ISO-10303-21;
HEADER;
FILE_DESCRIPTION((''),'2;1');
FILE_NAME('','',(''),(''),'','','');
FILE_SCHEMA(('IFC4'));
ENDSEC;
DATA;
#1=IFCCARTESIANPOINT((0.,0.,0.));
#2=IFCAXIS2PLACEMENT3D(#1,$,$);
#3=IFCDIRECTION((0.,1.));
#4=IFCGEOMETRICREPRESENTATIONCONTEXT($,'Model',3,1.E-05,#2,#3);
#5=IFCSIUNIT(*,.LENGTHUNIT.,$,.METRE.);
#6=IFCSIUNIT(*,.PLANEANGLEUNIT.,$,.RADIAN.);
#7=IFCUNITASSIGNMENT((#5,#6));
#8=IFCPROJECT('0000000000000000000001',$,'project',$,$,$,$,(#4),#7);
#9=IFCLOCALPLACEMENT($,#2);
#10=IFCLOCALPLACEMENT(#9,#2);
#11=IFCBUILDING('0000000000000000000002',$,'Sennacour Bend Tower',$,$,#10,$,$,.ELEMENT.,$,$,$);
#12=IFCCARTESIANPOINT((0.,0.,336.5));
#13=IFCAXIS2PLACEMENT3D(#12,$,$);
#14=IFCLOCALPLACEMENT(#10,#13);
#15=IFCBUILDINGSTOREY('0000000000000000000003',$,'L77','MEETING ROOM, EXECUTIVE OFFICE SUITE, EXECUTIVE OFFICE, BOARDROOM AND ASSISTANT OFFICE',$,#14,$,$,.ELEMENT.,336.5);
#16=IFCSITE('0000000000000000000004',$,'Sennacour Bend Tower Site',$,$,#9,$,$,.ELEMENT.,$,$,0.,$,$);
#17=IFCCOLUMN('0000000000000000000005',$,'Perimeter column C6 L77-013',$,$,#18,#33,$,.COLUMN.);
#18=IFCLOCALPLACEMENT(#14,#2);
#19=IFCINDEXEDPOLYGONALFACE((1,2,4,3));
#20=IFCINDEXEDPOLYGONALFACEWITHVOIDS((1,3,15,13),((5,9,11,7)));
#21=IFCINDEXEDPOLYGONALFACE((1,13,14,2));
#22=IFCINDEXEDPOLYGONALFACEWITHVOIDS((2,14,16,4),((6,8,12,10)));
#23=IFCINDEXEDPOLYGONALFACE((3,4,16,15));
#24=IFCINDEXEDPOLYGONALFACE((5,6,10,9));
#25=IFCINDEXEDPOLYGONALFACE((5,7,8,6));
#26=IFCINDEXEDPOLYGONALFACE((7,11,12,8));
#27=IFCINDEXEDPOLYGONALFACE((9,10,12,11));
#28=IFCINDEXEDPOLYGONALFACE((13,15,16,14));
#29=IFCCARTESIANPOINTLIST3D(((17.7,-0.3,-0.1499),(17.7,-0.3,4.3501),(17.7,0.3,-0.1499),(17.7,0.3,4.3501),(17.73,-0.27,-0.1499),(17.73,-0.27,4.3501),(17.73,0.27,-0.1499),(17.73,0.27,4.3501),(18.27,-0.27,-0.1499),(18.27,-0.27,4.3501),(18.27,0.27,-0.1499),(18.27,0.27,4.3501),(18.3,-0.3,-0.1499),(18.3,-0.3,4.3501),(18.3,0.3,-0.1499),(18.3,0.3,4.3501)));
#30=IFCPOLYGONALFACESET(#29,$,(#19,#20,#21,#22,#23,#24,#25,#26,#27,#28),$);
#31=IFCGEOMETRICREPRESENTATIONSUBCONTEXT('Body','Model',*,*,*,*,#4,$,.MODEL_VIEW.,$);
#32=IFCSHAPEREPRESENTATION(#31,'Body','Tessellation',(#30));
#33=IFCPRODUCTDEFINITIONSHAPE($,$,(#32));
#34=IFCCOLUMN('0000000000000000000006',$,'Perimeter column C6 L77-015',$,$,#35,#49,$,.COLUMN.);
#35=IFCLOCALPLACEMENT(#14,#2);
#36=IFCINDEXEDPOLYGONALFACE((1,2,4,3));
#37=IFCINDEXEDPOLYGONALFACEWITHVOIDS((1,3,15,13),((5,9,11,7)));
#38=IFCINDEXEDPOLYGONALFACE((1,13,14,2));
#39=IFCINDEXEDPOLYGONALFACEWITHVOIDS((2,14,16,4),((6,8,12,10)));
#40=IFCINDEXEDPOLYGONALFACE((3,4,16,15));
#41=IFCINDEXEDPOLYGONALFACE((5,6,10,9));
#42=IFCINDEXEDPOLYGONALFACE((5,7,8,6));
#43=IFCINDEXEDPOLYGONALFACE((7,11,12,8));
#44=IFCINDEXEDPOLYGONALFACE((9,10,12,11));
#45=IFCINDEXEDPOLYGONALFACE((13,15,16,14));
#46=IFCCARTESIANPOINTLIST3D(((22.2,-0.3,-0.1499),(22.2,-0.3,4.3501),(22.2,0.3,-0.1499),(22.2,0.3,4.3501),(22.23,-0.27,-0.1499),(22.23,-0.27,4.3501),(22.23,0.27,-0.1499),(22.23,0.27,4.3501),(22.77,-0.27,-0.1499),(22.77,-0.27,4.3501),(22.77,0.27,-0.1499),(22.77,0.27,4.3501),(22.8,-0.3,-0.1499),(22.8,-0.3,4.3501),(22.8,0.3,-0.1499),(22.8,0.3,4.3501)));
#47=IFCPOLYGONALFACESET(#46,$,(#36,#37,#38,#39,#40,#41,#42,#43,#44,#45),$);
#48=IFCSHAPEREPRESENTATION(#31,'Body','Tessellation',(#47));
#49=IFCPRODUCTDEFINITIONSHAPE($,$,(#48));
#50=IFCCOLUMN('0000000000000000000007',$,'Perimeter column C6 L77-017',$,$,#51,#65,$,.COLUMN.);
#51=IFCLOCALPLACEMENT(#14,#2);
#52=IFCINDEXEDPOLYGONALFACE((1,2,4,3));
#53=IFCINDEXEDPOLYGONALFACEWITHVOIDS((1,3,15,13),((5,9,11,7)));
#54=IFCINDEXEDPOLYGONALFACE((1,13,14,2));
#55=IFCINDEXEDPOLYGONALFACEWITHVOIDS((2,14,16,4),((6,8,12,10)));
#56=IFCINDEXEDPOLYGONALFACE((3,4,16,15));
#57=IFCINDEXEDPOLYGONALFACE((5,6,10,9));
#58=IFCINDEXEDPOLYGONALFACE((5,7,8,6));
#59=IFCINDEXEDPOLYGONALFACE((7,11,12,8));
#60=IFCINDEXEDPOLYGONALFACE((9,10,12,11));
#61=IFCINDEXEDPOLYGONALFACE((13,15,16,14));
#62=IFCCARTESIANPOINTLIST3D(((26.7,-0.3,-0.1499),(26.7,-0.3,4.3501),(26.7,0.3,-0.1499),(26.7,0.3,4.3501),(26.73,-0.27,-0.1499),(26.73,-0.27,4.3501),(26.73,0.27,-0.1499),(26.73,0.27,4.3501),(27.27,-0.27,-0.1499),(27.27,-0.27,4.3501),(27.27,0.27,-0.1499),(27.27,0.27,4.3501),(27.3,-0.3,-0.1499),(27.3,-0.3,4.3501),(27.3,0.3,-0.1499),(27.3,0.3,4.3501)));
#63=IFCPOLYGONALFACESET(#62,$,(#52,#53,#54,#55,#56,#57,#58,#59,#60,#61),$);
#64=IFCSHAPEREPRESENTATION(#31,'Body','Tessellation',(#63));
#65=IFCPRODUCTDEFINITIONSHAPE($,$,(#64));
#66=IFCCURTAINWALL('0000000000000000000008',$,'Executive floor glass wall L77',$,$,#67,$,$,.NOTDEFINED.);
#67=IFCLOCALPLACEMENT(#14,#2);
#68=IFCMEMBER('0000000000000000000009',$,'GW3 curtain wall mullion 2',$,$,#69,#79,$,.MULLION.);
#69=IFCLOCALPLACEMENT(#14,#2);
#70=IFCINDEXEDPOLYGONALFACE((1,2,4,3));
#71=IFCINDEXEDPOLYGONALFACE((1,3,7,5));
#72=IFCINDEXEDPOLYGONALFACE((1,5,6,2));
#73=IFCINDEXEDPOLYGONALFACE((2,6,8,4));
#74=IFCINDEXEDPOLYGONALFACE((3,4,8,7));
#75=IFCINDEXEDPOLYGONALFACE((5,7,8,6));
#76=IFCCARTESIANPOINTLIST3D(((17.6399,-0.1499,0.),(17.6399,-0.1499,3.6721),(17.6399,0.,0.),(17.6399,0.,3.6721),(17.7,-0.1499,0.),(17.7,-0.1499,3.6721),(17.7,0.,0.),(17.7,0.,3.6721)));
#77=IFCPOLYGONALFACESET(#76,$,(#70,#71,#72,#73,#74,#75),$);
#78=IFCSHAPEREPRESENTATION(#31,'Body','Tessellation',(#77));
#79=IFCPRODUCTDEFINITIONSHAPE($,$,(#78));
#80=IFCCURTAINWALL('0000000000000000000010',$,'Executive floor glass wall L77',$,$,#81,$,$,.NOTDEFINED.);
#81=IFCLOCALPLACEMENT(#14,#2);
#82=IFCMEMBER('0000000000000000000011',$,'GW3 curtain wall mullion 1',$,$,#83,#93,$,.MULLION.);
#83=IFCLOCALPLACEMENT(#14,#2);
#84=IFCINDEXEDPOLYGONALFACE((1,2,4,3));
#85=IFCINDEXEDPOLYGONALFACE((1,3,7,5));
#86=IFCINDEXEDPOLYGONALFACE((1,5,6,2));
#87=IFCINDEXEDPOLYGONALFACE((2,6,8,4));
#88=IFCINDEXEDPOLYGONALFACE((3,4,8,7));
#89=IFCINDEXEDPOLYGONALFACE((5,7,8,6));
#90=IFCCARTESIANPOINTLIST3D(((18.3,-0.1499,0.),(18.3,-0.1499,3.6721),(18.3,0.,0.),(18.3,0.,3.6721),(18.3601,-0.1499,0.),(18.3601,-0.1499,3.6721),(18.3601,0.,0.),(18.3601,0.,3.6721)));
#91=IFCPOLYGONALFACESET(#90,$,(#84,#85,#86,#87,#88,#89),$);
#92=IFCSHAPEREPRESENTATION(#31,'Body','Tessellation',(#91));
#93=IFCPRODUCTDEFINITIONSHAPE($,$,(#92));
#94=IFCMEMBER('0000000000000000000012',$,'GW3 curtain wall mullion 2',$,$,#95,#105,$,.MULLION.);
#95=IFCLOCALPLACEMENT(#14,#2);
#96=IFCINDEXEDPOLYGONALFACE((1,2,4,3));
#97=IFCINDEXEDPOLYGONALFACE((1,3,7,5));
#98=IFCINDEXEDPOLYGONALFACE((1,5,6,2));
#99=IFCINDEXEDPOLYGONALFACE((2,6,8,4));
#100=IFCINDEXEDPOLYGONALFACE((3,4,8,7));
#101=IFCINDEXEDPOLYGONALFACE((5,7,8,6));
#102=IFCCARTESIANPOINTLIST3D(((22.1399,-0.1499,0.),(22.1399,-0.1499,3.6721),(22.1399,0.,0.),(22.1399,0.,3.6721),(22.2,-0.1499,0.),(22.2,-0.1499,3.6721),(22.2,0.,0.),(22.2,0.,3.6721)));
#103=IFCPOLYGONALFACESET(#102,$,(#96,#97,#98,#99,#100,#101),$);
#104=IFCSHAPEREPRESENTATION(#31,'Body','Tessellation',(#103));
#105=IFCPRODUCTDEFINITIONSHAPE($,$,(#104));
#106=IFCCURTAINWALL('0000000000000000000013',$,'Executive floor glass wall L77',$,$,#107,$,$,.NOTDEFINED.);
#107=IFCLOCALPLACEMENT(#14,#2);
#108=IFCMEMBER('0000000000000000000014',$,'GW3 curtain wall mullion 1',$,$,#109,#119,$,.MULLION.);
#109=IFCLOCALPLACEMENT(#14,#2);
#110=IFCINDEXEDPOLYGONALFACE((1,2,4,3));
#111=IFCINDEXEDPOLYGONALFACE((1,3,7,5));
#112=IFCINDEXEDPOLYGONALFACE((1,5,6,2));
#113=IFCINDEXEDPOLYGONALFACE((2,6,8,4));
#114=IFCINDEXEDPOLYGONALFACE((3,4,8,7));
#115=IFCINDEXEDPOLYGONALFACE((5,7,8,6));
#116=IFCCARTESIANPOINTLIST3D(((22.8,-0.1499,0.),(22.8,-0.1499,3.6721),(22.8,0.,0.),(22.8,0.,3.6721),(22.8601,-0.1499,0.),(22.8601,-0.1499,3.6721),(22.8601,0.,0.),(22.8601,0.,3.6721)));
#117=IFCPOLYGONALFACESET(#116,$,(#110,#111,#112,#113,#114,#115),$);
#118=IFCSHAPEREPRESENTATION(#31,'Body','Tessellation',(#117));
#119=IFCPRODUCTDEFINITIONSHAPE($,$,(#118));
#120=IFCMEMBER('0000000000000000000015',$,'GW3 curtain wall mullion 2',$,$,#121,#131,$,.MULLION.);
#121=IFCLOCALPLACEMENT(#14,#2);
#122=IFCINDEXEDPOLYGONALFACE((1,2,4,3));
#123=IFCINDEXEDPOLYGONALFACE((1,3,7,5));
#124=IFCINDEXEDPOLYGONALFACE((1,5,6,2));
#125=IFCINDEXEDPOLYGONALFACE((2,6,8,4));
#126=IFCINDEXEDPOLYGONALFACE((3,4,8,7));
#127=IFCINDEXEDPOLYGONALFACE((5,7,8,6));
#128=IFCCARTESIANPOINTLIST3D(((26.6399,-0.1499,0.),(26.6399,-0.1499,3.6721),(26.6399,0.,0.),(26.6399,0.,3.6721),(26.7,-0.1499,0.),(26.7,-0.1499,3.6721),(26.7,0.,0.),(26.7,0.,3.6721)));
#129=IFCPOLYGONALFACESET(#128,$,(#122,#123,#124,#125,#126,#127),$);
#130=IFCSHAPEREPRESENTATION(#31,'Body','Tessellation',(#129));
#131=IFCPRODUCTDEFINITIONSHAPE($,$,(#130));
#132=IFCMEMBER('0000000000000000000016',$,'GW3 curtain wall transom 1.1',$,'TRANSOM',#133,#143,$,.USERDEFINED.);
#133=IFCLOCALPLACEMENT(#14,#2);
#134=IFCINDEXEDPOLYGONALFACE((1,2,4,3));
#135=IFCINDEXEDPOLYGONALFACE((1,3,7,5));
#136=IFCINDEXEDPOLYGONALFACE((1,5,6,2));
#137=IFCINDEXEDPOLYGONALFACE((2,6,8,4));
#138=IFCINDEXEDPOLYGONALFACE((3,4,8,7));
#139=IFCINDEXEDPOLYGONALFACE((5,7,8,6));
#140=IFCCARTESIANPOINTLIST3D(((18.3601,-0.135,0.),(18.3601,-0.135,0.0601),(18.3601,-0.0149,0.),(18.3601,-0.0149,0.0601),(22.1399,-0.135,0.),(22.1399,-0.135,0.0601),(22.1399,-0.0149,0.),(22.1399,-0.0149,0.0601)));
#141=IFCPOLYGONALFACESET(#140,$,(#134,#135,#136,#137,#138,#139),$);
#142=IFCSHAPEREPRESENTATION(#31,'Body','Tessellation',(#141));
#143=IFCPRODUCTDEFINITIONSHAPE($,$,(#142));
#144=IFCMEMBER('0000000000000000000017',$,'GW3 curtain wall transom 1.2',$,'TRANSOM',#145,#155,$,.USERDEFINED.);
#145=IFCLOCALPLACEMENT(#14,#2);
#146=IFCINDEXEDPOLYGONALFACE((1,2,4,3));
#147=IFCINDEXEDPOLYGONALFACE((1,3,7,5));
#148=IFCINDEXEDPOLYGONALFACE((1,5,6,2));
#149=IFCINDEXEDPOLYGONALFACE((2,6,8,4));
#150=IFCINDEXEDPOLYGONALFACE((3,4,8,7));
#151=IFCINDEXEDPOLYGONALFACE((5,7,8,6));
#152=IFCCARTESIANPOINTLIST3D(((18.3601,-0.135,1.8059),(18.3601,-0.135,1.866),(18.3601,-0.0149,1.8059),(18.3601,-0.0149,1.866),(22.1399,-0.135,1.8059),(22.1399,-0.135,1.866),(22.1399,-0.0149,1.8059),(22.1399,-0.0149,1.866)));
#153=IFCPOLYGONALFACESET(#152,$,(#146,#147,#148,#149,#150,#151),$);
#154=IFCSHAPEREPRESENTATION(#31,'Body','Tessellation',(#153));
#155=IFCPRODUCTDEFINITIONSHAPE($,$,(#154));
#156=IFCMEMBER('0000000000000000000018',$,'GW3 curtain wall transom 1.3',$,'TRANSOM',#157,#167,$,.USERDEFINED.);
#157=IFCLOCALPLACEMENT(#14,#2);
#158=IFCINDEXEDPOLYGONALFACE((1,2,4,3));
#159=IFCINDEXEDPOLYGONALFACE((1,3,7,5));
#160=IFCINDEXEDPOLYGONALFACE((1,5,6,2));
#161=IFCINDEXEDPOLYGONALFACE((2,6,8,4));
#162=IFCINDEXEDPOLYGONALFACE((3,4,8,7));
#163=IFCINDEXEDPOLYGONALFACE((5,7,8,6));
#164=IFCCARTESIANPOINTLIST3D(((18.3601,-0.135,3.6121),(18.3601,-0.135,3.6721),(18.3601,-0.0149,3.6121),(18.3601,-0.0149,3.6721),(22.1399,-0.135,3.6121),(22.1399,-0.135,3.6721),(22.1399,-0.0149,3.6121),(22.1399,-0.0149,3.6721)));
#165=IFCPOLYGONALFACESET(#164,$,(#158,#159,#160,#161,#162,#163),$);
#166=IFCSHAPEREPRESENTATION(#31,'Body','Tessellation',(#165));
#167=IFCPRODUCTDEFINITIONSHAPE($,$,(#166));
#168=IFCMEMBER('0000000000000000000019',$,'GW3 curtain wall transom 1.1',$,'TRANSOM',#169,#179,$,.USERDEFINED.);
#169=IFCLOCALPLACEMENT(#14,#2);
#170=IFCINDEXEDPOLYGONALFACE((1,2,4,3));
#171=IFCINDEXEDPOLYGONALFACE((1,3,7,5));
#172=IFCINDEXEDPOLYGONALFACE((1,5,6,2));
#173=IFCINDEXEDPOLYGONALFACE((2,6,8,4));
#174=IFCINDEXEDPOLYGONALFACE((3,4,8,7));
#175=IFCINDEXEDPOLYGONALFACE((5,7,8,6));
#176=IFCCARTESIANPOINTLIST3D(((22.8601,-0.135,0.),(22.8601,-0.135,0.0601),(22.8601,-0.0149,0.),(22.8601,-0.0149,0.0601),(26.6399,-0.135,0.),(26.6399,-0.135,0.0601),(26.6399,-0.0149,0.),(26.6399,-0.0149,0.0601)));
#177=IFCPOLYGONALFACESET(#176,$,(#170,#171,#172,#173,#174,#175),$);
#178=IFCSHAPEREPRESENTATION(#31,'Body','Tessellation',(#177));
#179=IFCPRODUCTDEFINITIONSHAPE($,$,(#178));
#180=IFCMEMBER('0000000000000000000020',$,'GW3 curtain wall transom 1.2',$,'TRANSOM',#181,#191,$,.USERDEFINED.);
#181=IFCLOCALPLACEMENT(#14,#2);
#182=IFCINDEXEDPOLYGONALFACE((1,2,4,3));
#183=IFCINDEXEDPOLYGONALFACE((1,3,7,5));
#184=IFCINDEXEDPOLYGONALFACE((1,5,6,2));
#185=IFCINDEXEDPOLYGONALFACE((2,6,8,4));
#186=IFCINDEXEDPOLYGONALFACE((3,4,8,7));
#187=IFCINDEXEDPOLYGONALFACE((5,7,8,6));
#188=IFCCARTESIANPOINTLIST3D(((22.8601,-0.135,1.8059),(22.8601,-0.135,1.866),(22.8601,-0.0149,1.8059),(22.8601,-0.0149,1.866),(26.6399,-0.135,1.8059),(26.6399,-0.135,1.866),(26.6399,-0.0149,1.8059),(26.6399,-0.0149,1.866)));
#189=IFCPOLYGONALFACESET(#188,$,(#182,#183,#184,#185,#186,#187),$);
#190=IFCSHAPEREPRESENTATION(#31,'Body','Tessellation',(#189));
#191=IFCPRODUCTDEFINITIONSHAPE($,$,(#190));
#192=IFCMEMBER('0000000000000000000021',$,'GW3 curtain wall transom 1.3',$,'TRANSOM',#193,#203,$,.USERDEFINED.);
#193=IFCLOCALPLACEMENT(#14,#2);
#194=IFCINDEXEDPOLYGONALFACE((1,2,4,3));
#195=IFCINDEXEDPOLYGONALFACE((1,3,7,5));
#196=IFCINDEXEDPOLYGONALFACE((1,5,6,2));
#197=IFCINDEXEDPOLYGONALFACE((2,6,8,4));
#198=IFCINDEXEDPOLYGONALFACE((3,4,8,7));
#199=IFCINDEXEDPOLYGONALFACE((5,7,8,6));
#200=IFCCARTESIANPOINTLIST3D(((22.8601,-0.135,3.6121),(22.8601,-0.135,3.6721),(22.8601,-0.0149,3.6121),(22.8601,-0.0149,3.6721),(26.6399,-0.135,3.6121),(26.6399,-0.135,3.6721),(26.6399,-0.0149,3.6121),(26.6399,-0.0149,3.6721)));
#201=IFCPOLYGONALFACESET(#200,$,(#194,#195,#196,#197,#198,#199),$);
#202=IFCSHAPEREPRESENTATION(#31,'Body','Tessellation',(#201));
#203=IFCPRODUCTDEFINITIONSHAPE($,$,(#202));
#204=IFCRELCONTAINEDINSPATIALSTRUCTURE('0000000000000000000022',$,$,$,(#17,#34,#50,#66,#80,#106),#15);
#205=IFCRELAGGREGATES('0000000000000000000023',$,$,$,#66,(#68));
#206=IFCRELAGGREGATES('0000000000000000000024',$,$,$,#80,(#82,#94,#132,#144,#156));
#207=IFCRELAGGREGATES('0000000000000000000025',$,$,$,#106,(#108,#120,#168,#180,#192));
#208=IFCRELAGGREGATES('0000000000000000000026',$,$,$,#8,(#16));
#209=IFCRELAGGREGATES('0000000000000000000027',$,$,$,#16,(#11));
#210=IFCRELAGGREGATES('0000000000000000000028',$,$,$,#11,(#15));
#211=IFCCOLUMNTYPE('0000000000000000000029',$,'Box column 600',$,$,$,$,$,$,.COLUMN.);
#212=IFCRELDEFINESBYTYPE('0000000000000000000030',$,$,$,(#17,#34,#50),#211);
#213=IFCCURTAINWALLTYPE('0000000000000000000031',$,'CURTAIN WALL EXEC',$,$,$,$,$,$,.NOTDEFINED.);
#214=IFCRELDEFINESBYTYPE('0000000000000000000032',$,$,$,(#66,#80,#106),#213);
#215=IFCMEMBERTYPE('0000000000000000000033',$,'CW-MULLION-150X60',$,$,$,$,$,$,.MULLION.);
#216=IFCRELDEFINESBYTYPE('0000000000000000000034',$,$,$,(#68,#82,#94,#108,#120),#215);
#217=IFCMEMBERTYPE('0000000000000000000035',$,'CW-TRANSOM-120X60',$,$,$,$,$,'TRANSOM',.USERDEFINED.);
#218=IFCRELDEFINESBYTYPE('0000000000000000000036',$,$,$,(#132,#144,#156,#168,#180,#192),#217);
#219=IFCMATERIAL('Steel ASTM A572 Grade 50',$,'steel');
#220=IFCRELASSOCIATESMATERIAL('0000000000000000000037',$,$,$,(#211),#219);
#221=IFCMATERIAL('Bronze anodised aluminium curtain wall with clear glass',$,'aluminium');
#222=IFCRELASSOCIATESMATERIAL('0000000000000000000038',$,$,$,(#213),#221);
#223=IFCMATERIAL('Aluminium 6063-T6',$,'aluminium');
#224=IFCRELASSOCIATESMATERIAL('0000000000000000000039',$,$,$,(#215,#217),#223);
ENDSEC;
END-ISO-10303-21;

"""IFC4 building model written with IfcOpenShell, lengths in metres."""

from ifc_helpers import new_model, si_unit, direction, frame, origin, origin_2d, place, context, subcontext, project, spatial, rectangle, hollow_rectangle, extrude, material, material_profile, profile_set, type_object, element, aggregate, save


model = new_model("IFC4")

# Units and contexts
model_context = context("Model", 3, precision=1e-05, world=origin(), true_north=direction((0.0, 1.0)))
body_context = subcontext(model_context, "Body", "Model", "MODEL_VIEW")
ifc_project = project(units=[si_unit("LENGTHUNIT", "METRE"), si_unit("PLANEANGLEUNIT", "RADIAN")], contexts=[model_context])

# Site, building, storey
site_placement = place(None, origin())
site = spatial("IfcSite", under=ifc_project, at=site_placement, Name="Sennacour Bend Tower Site", CompositionType="ELEMENT", RefElevation=0.0)
building_placement = place(site_placement, origin())
building = spatial("IfcBuilding", under=site, at=building_placement, Name="Sennacour Bend Tower", CompositionType="ELEMENT")
storey_placement = place(building_placement, frame((0.0, 0.0, 336.5)))
storey = spatial("IfcBuildingStorey", under=building, at=storey_placement, Name="L77", Description="MEETING ROOM, EXECUTIVE OFFICE SUITE, EXECUTIVE OFFICE, BOARDROOM AND ASSISTANT OFFICE", CompositionType="ELEMENT", Elevation=336.5)

# Columns
ifc_material_1 = material(Name="Steel ASTM A572 Grade 50", Category="steel")
ifc_material_profile_1 = material_profile(ifc_material_1, hollow_rectangle(XDim=0.6001, YDim=0.6001, WallThickness=0.03, at=origin_2d()), Name="Steel ASTM A572 Grade 50", Category="steel")
ifc_profile_set_1 = profile_set([ifc_material_profile_1], Name="Steel ASTM A572 Grade 50")
column_type = type_object("IfcColumnType", Name="Box column 600", PredefinedType="COLUMN", material=ifc_profile_set_1)
for number, where, z_axis, x_axis, name in (
    (1, (18.0, 0.0, -0.1499), (0.0, 0.0, 1.0), (1.0, 0.0, 0.0), "Perimeter column C6 L77-013"),
    (2, (22.5, 0.0, -0.1499), (0.0, 0.0, 1.0), (1.0, 0.0, 0.0), "Perimeter column C6 L77-015"),
    (3, (27.0, 0.0, -0.1499), (0.0, 0.0, 1.0), (1.0, 0.0, 0.0), "Perimeter column C6 L77-017"),
):
    element("IfcColumn", number, at=place(storey_placement, frame(where, z_axis=z_axis, x_axis=x_axis)), inside=storey, type_object=column_type, Name=name, PredefinedType="COLUMN", context=body_context, shape_type="SweptSolid", body=[
        extrude(hollow_rectangle(XDim=0.6001, YDim=0.6001, WallThickness=0.03, at=origin_2d()), origin(), (0.0, 0.0, 1.0), 4.5),
    ])

# Curtain wall, member
ifc_material_2 = material(Name="Bronze anodised aluminium curtain wall with clear glass", Category="aluminium")
curtain_wall_type = type_object("IfcCurtainWallType", Name="CURTAIN WALL EXEC", PredefinedType="NOTDEFINED", material=ifc_material_2)
curtain_wall_1_placement = place(storey_placement, origin())
curtain_wall_1 = element("IfcCurtainWall", 4, at=curtain_wall_1_placement, inside=storey, type_object=curtain_wall_type, Name="Executive floor glass wall L77", PredefinedType="NOTDEFINED")
ifc_material_3 = material(Name="Aluminium 6063-T6", Category="aluminium")
ifc_material_profile_2 = material_profile(ifc_material_3, rectangle(XDim=0.1499, YDim=0.0601, at=origin_2d()), Name="Aluminium 6063-T6", Category="aluminium")
ifc_profile_set_2 = profile_set([ifc_material_profile_2], Name="Aluminium 6063-T6")
member_type_1 = type_object("IfcMemberType", Name="CW-MULLION-150X60", PredefinedType="MULLION", material=ifc_profile_set_2)
member_1_placement = place(storey_placement, frame((17.6699, -0.075, 0.0), z_axis=(0.0, 0.0, 1.0), x_axis=(0.0, 1.0, 0.0)))
member_1 = element("IfcMember", 5, at=member_1_placement, type_object=member_type_1, Name="GW3 curtain wall mullion 2", PredefinedType="MULLION", context=body_context, shape_type="SweptSolid", body=[
    extrude(rectangle(XDim=0.1499, YDim=0.0601, at=origin_2d()), origin(), (0.0, 0.0, 1.0), 3.6721),
])
aggregate(curtain_wall_1, [member_1])

# Curtain walls, members
curtain_wall_2_placement = place(storey_placement, origin())
curtain_wall_2 = element("IfcCurtainWall", 6, at=curtain_wall_2_placement, inside=storey, type_object=curtain_wall_type, Name="Executive floor glass wall L77", PredefinedType="NOTDEFINED")
member_2_placement = place(storey_placement, frame((18.3301, -0.075, 0.0), z_axis=(0.0, 0.0, 1.0), x_axis=(0.0, 1.0, 0.0)))
member_2 = element("IfcMember", 7, at=member_2_placement, type_object=member_type_1, Name="GW3 curtain wall mullion 1", PredefinedType="MULLION", context=body_context, shape_type="SweptSolid", body=[
    extrude(rectangle(XDim=0.1499, YDim=0.0601, at=origin_2d()), origin(), (0.0, 0.0, 1.0), 3.6721),
])
member_3_placement = place(storey_placement, frame((22.1699, -0.075, 0.0), z_axis=(0.0, 0.0, 1.0), x_axis=(0.0, 1.0, 0.0)))
member_3 = element("IfcMember", 8, at=member_3_placement, type_object=member_type_1, Name="GW3 curtain wall mullion 2", PredefinedType="MULLION", context=body_context, shape_type="SweptSolid", body=[
    extrude(rectangle(XDim=0.1499, YDim=0.0601, at=origin_2d()), origin(), (0.0, 0.0, 1.0), 3.6721),
])
curtain_wall_3_placement = place(storey_placement, origin())
curtain_wall_3 = element("IfcCurtainWall", 9, at=curtain_wall_3_placement, inside=storey, type_object=curtain_wall_type, Name="Executive floor glass wall L77", PredefinedType="NOTDEFINED")
member_4_placement = place(storey_placement, frame((22.8301, -0.075, 0.0), z_axis=(0.0, 0.0, 1.0), x_axis=(0.0, 1.0, 0.0)))
member_4 = element("IfcMember", 10, at=member_4_placement, type_object=member_type_1, Name="GW3 curtain wall mullion 1", PredefinedType="MULLION", context=body_context, shape_type="SweptSolid", body=[
    extrude(rectangle(XDim=0.1499, YDim=0.0601, at=origin_2d()), origin(), (0.0, 0.0, 1.0), 3.6721),
])
member_5_placement = place(storey_placement, frame((26.6699, -0.075, 0.0), z_axis=(0.0, 0.0, 1.0), x_axis=(0.0, 1.0, 0.0)))
member_5 = element("IfcMember", 11, at=member_5_placement, type_object=member_type_1, Name="GW3 curtain wall mullion 2", PredefinedType="MULLION", context=body_context, shape_type="SweptSolid", body=[
    extrude(rectangle(XDim=0.1499, YDim=0.0601, at=origin_2d()), origin(), (0.0, 0.0, 1.0), 3.6721),
])

# Members
ifc_material_profile_3 = material_profile(ifc_material_3, rectangle(XDim=0.1201, YDim=0.0601, at=origin_2d()), Name="Aluminium 6063-T6", Category="aluminium")
ifc_profile_set_3 = profile_set([ifc_material_profile_3], Name="Aluminium 6063-T6")
member_type_2 = type_object("IfcMemberType", Name="CW-TRANSOM-120X60", ElementType="TRANSOM", PredefinedType="USERDEFINED", material=ifc_profile_set_3)
member_6_placement = place(storey_placement, frame((18.3601, -0.075, 0.03), z_axis=(1.0, 0.0, 0.0), x_axis=(0.0, 1.0, 0.0)))
member_6 = element("IfcMember", 12, at=member_6_placement, type_object=member_type_2, Name="GW3 curtain wall transom 1.1", ObjectType="TRANSOM", PredefinedType="USERDEFINED", context=body_context, shape_type="SweptSolid", body=[
    extrude(rectangle(XDim=0.1201, YDim=0.0601, at=origin_2d()), origin(), (0.0, 0.0, 1.0), 3.7798),
])
member_7_placement = place(storey_placement, frame((18.3601, -0.075, 1.8359), z_axis=(1.0, 0.0, 0.0), x_axis=(0.0, 1.0, 0.0)))
member_7 = element("IfcMember", 13, at=member_7_placement, type_object=member_type_2, Name="GW3 curtain wall transom 1.2", ObjectType="TRANSOM", PredefinedType="USERDEFINED", context=body_context, shape_type="SweptSolid", body=[
    extrude(rectangle(XDim=0.1201, YDim=0.0601, at=origin_2d()), origin(), (0.0, 0.0, 1.0), 3.7798),
])
member_8_placement = place(storey_placement, frame((18.3601, -0.075, 3.6421), z_axis=(1.0, 0.0, 0.0), x_axis=(0.0, 1.0, 0.0)))
member_8 = element("IfcMember", 14, at=member_8_placement, type_object=member_type_2, Name="GW3 curtain wall transom 1.3", ObjectType="TRANSOM", PredefinedType="USERDEFINED", context=body_context, shape_type="SweptSolid", body=[
    extrude(rectangle(XDim=0.1201, YDim=0.0601, at=origin_2d()), origin(), (0.0, 0.0, 1.0), 3.7798),
])
member_9_placement = place(storey_placement, frame((22.8601, -0.075, 0.03), z_axis=(1.0, 0.0, 0.0), x_axis=(0.0, 1.0, 0.0)))
member_9 = element("IfcMember", 15, at=member_9_placement, type_object=member_type_2, Name="GW3 curtain wall transom 1.1", ObjectType="TRANSOM", PredefinedType="USERDEFINED", context=body_context, shape_type="SweptSolid", body=[
    extrude(rectangle(XDim=0.1201, YDim=0.0601, at=origin_2d()), origin(), (0.0, 0.0, 1.0), 3.7798),
])
member_10_placement = place(storey_placement, frame((22.8601, -0.075, 1.8359), z_axis=(1.0, 0.0, 0.0), x_axis=(0.0, 1.0, 0.0)))
member_10 = element("IfcMember", 16, at=member_10_placement, type_object=member_type_2, Name="GW3 curtain wall transom 1.2", ObjectType="TRANSOM", PredefinedType="USERDEFINED", context=body_context, shape_type="SweptSolid", body=[
    extrude(rectangle(XDim=0.1201, YDim=0.0601, at=origin_2d()), origin(), (0.0, 0.0, 1.0), 3.7798),
])
member_11_placement = place(storey_placement, frame((22.8601, -0.075, 3.6421), z_axis=(1.0, 0.0, 0.0), x_axis=(0.0, 1.0, 0.0)))
member_11 = element("IfcMember", 17, at=member_11_placement, type_object=member_type_2, Name="GW3 curtain wall transom 1.3", ObjectType="TRANSOM", PredefinedType="USERDEFINED", context=body_context, shape_type="SweptSolid", body=[
    extrude(rectangle(XDim=0.1201, YDim=0.0601, at=origin_2d()), origin(), (0.0, 0.0, 1.0), 3.7798),
])

aggregate(curtain_wall_2, [member_2, member_3, member_6, member_7, member_8])
aggregate(curtain_wall_3, [member_4, member_5, member_9, member_10, member_11])

save(model, "model.ifc")
